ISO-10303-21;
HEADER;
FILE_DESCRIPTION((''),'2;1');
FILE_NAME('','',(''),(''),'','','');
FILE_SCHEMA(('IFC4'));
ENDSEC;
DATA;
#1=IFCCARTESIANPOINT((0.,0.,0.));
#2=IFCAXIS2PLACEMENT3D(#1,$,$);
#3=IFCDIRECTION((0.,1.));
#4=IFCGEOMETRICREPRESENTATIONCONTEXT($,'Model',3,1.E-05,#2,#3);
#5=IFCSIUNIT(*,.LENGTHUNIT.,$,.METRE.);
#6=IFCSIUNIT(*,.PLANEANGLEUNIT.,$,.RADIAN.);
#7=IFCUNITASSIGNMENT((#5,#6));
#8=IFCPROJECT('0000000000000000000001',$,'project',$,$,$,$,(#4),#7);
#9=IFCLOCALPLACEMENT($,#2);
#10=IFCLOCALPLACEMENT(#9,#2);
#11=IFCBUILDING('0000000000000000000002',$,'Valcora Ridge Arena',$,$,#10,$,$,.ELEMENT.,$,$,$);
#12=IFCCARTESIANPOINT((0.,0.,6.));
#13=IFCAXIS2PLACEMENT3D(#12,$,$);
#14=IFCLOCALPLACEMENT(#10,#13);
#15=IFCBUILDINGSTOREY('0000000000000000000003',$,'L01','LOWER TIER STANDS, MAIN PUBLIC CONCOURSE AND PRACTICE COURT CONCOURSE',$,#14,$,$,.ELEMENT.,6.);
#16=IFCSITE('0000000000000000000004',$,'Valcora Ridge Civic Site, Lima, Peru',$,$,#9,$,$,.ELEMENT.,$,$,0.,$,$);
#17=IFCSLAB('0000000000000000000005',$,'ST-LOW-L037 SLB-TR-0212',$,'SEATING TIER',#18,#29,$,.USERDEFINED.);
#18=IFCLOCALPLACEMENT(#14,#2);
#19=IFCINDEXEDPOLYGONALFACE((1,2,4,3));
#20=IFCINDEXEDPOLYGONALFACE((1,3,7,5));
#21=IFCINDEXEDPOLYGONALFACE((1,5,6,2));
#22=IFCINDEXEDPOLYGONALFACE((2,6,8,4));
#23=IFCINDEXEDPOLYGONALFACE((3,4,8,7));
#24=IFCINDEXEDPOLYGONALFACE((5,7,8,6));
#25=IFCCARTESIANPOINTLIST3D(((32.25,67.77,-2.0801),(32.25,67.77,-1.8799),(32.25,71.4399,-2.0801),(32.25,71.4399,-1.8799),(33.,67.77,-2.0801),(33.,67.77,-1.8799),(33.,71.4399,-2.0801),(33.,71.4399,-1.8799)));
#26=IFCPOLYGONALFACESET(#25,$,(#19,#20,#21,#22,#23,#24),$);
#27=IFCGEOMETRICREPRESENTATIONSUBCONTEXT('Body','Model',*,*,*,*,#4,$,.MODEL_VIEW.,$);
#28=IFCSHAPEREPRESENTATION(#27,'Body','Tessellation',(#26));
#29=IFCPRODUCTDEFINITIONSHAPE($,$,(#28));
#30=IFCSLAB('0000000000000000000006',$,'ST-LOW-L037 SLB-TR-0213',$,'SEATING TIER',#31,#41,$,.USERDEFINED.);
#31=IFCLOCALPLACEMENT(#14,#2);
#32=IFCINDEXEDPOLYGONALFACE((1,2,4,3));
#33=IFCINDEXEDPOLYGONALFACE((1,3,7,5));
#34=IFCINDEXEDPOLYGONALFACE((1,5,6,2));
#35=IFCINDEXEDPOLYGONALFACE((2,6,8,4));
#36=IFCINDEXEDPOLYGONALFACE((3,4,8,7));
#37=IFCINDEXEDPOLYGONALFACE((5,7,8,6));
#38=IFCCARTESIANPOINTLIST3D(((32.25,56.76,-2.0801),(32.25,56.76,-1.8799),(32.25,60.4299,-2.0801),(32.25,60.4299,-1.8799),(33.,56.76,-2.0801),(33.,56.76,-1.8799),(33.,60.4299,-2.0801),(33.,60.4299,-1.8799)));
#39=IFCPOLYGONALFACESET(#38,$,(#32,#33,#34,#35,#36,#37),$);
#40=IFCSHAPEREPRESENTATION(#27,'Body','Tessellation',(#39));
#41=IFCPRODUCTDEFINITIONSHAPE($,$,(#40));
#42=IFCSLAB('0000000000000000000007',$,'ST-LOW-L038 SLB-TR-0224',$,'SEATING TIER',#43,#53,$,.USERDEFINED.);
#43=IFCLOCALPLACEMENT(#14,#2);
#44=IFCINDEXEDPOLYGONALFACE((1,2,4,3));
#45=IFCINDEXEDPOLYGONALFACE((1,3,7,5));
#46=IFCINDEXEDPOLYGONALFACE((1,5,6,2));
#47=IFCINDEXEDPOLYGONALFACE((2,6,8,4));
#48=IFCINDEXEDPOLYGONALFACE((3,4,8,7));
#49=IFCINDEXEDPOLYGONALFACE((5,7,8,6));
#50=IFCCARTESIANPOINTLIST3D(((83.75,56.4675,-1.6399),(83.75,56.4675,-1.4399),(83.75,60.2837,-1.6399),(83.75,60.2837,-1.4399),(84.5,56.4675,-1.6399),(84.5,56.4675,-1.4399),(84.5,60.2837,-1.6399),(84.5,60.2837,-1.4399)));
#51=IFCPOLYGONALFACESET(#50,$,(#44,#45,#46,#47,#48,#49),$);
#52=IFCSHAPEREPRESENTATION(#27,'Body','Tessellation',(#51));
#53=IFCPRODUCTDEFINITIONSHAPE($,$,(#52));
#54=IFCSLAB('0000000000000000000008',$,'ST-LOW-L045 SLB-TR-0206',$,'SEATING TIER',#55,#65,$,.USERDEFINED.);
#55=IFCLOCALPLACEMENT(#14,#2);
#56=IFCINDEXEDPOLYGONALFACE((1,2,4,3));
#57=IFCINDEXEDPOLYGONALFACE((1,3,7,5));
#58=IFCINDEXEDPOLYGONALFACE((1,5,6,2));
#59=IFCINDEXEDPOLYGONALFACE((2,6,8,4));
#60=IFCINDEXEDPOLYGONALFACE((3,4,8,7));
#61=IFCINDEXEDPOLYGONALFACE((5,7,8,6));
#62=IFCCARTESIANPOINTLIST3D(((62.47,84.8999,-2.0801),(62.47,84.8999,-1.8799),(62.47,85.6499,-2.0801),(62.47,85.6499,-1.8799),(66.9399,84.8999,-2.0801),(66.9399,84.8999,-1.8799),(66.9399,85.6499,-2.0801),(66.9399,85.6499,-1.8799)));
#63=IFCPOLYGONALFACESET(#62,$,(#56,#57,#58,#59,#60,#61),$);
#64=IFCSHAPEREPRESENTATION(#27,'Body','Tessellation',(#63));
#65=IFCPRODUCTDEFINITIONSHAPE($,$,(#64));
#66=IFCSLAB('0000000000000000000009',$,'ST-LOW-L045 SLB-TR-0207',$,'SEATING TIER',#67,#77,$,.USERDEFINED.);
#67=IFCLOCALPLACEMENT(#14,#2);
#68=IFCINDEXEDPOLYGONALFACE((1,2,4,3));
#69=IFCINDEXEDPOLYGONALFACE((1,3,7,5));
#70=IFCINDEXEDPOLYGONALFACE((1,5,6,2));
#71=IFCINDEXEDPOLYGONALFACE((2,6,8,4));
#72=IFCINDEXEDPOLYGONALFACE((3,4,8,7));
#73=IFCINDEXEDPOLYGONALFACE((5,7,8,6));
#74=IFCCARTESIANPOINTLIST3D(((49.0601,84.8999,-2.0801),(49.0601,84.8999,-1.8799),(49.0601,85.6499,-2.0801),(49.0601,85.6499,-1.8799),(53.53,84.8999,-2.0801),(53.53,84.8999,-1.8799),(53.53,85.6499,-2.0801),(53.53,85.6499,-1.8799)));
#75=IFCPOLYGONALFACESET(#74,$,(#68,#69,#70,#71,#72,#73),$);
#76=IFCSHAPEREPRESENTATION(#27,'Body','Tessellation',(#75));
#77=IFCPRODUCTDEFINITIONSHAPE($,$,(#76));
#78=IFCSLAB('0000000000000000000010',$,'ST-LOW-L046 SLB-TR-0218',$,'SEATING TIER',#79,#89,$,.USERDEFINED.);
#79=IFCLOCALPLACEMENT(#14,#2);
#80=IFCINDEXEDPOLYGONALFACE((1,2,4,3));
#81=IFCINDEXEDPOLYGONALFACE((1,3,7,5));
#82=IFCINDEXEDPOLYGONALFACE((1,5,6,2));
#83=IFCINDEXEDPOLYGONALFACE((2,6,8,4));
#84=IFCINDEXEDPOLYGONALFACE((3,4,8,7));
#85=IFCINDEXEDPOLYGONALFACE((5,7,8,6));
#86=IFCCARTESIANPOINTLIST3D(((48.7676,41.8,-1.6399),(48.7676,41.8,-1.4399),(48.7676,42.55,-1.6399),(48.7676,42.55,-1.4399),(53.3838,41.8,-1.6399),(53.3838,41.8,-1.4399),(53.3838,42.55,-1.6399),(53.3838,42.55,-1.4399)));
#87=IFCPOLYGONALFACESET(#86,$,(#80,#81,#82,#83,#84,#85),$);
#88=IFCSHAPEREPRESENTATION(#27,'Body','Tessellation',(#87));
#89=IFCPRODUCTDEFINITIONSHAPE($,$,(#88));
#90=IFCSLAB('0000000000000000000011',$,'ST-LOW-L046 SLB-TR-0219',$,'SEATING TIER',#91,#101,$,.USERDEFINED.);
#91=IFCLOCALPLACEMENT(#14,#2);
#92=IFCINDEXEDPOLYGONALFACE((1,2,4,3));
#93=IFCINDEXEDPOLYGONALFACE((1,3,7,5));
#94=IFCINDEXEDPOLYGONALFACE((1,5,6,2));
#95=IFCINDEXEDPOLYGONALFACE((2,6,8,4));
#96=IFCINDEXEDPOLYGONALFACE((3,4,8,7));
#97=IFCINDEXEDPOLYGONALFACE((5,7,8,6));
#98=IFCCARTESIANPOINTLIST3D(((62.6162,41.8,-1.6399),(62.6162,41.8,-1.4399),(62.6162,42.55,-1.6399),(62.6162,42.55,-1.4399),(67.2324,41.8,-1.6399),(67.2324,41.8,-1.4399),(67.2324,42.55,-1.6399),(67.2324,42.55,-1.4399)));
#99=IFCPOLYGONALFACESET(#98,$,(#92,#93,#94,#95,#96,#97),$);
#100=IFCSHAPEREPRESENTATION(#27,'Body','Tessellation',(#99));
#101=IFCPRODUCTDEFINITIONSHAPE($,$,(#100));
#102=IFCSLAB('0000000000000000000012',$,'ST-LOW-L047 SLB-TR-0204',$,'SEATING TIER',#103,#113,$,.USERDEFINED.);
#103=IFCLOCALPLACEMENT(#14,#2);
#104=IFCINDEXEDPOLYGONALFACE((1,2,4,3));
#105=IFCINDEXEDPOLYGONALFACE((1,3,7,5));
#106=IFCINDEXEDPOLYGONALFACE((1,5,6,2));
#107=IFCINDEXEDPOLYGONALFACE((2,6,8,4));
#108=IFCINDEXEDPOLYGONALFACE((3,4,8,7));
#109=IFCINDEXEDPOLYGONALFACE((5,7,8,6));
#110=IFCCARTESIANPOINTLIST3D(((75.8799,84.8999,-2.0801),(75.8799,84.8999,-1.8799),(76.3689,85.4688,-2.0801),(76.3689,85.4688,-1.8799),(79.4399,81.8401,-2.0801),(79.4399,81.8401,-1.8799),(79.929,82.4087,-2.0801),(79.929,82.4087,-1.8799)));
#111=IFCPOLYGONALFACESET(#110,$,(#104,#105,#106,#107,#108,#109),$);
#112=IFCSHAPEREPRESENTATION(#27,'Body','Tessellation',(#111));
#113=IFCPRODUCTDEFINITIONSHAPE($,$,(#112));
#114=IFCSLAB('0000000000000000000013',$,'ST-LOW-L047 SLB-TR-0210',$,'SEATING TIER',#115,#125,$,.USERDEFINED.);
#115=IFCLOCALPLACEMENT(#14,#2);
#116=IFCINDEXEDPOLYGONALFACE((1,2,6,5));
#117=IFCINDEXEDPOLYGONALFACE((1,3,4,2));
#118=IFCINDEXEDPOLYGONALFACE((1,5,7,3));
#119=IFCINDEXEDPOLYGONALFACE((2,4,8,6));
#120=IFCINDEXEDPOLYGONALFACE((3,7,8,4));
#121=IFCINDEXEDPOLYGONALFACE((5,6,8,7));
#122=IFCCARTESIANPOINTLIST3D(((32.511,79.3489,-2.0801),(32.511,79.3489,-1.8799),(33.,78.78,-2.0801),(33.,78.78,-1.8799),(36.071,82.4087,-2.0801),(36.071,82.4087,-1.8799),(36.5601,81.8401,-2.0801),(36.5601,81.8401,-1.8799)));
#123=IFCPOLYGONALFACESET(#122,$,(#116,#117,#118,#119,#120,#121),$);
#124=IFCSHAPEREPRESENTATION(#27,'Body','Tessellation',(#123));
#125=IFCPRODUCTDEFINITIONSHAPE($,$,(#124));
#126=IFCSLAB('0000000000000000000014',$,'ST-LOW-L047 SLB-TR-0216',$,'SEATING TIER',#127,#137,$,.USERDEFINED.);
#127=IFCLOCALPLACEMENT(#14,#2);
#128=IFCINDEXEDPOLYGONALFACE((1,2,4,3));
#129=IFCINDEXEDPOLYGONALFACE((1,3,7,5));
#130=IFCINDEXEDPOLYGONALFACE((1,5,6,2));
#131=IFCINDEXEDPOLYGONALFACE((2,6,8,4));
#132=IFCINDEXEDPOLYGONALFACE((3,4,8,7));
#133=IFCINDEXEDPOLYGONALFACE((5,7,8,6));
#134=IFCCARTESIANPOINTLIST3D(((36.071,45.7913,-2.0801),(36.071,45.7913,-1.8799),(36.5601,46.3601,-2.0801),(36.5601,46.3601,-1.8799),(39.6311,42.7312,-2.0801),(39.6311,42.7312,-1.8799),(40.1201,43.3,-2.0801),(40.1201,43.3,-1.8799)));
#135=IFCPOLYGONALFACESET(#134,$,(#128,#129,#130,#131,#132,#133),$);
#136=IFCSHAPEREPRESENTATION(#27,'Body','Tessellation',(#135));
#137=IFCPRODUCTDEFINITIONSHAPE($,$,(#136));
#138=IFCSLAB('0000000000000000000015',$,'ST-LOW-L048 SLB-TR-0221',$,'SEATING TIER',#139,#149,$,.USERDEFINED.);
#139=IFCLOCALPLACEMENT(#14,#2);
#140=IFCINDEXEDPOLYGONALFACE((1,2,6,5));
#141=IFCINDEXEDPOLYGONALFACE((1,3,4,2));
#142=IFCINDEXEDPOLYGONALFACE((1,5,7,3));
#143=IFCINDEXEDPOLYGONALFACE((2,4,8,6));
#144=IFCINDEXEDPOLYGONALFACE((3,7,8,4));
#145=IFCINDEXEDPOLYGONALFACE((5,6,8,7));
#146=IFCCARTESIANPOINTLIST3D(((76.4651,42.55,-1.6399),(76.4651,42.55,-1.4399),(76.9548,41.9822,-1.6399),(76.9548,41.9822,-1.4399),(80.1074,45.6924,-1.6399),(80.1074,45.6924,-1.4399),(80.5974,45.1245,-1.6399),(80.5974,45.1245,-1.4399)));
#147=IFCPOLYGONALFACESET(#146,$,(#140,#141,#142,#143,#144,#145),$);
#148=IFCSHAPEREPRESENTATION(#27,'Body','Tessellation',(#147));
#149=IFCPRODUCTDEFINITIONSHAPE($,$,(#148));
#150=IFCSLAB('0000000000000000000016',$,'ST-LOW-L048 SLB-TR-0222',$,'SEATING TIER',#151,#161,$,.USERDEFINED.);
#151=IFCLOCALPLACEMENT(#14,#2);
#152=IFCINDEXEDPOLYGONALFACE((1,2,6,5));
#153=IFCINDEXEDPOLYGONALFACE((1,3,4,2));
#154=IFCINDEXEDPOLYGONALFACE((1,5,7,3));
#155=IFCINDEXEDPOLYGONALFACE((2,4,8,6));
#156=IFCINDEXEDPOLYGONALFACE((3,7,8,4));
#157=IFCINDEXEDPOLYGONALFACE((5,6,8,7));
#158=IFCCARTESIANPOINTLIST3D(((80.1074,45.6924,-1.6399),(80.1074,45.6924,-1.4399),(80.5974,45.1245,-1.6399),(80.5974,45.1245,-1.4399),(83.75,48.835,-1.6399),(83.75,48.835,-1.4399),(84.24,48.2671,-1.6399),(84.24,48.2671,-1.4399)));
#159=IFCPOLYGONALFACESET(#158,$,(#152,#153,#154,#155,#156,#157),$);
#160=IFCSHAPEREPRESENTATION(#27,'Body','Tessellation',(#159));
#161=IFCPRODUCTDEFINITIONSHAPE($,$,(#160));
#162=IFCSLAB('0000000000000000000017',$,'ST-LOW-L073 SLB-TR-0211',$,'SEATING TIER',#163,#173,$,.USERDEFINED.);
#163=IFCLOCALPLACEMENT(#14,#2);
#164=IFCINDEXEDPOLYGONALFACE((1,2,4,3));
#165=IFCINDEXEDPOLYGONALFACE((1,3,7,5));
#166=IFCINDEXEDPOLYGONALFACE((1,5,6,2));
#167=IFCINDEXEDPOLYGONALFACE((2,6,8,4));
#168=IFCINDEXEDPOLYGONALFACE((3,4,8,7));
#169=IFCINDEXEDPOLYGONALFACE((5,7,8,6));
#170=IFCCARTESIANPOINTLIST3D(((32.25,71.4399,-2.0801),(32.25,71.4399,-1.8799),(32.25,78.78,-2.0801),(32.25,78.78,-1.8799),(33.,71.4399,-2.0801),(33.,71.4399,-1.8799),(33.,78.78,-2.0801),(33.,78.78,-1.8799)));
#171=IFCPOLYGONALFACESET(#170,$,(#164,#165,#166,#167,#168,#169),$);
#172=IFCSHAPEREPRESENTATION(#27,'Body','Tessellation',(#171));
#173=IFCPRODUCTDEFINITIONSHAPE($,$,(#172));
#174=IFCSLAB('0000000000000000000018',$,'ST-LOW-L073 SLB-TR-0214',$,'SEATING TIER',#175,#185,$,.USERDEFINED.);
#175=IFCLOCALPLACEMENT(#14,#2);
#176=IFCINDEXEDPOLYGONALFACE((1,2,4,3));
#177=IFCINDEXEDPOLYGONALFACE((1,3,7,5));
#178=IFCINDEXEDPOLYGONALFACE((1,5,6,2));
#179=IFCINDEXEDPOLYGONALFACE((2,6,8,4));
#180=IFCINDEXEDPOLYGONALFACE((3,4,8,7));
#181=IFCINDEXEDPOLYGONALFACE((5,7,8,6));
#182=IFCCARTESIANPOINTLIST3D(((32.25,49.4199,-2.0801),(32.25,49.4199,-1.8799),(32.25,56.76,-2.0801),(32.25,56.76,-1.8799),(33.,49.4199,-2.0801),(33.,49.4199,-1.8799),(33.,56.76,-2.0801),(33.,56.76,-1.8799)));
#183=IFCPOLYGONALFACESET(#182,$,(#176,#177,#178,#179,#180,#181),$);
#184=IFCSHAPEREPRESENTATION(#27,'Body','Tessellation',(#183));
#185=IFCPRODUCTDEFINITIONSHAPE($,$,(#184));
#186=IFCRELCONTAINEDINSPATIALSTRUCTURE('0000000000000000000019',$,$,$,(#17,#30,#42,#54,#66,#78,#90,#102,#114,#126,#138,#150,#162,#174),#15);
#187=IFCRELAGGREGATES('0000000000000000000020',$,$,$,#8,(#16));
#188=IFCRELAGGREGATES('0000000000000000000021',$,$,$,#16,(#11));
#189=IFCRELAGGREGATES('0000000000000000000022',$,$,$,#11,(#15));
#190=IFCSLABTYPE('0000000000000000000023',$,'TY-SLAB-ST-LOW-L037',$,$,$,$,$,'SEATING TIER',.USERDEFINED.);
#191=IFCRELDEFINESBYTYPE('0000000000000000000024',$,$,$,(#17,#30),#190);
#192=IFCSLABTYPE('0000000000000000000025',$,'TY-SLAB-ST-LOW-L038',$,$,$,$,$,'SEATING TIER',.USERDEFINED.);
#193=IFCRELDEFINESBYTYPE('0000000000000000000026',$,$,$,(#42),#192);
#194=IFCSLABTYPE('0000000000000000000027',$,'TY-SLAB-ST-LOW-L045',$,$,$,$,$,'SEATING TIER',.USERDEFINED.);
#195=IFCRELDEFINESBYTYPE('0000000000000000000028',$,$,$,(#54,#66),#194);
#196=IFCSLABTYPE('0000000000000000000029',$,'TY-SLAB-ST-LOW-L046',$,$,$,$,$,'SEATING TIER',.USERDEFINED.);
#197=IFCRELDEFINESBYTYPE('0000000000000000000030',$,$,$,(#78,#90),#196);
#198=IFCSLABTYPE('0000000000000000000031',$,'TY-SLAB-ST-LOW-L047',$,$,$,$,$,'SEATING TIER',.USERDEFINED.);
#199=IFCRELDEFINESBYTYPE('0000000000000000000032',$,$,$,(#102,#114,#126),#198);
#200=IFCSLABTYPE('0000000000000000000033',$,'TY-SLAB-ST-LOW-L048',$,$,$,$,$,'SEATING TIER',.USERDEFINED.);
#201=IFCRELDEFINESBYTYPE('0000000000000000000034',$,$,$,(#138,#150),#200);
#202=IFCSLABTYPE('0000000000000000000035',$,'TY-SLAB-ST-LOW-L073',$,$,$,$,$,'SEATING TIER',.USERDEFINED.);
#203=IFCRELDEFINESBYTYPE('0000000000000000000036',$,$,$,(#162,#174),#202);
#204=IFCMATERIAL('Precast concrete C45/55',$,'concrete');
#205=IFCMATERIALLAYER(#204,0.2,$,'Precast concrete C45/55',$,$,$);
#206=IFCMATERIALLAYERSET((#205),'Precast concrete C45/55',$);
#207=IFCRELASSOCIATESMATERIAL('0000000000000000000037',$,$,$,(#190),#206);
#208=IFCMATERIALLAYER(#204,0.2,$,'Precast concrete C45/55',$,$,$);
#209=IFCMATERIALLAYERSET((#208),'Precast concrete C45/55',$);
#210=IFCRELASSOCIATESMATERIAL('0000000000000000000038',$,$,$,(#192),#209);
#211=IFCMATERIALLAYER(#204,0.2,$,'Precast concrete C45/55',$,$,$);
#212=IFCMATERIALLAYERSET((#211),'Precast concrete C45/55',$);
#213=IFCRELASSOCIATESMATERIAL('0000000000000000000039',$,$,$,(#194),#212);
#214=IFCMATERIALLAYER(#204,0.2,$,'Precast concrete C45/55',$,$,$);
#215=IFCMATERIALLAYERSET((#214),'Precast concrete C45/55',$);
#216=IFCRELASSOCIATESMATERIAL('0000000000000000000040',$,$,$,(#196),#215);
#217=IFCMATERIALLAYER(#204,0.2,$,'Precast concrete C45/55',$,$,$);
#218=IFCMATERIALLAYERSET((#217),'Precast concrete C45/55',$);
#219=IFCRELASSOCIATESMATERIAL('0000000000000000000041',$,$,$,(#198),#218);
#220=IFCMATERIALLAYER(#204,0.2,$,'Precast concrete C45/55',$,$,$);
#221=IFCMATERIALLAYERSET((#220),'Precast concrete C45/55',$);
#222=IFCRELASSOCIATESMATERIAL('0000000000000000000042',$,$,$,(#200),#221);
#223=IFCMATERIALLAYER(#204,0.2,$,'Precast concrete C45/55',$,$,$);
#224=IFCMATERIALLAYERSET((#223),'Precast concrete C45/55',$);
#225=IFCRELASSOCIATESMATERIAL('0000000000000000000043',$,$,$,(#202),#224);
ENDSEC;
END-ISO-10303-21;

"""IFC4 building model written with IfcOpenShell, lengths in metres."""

from ifc_helpers import new_model, si_unit, direction, frame, origin, place, context, subcontext, project, spatial, polyline, outline, extrude, material, layer, layer_set, type_object, element, save


model = new_model("IFC4")

# Units and contexts
model_context = context("Model", 3, precision=1e-05, world=origin(), true_north=direction((0.0, 1.0)))
body_context = subcontext(model_context, "Body", "Model", "MODEL_VIEW")
ifc_project = project(units=[si_unit("LENGTHUNIT", "METRE"), si_unit("PLANEANGLEUNIT", "RADIAN")], contexts=[model_context])

# Site, building, storey
site_placement = place(None, origin())
site = spatial("IfcSite", under=ifc_project, at=site_placement, Name="Valcora Ridge Civic Site, Lima, Peru", CompositionType="ELEMENT", RefElevation=0.0)
building_placement = place(site_placement, origin())
building = spatial("IfcBuilding", under=site, at=building_placement, Name="Valcora Ridge Arena", CompositionType="ELEMENT")
storey_placement = place(building_placement, frame((0.0, 0.0, 6.0)))
storey = spatial("IfcBuildingStorey", under=building, at=storey_placement, Name="L01", Description="LOWER TIER STANDS, MAIN PUBLIC CONCOURSE AND PRACTICE COURT CONCOURSE", CompositionType="ELEMENT", Elevation=6.0)

# Slabs
ifc_material = material(Name="Precast concrete C45/55", Category="concrete")
ifc_layer_1 = layer(ifc_material, 0.2, Name="Precast concrete C45/55")
ifc_layer_set_1 = layer_set([ifc_layer_1], Name="Precast concrete C45/55")
slab_type_1 = type_object("IfcSlabType", Name="TY-SLAB-ST-LOW-L037", ElementType="SEATING TIER", PredefinedType="USERDEFINED", material=ifc_layer_set_1)
slab_1_placement = place(storey_placement, frame((0.0, 0.0, -2.0801)))
element("IfcSlab", 1, at=slab_1_placement, inside=storey, type_object=slab_type_1, Name="ST-LOW-L037 SLB-TR-0212", ObjectType="SEATING TIER", PredefinedType="USERDEFINED", context=body_context, shape_type="SweptSolid", body=[
    extrude(outline(polyline([(33.0, 71.4399), (33.0, 67.77), (32.25, 67.77), (32.25, 71.4399), (33.0, 71.4399)])), origin(), (0.0, 0.0, 1.0), 0.2002),
])
slab_2_placement = place(storey_placement, frame((0.0, 0.0, -2.0801)))
element("IfcSlab", 2, at=slab_2_placement, inside=storey, type_object=slab_type_1, Name="ST-LOW-L037 SLB-TR-0213", ObjectType="SEATING TIER", PredefinedType="USERDEFINED", context=body_context, shape_type="SweptSolid", body=[
    extrude(outline(polyline([(33.0, 60.4299), (33.0, 56.76), (32.25, 56.76), (32.25, 60.4299), (33.0, 60.4299)])), origin(), (0.0, 0.0, 1.0), 0.2002),
])
ifc_layer_2 = layer(ifc_material, 0.2, Name="Precast concrete C45/55")
ifc_layer_set_2 = layer_set([ifc_layer_2], Name="Precast concrete C45/55")
slab_type_2 = type_object("IfcSlabType", Name="TY-SLAB-ST-LOW-L038", ElementType="SEATING TIER", PredefinedType="USERDEFINED", material=ifc_layer_set_2)
slab_3_placement = place(storey_placement, frame((0.0, 0.0, -1.6399)))
element("IfcSlab", 3, at=slab_3_placement, inside=storey, type_object=slab_type_2, Name="ST-LOW-L038 SLB-TR-0224", ObjectType="SEATING TIER", PredefinedType="USERDEFINED", context=body_context, shape_type="SweptSolid", body=[
    extrude(outline(polyline([(83.75, 56.4675), (83.75, 60.2837), (84.5, 60.2837), (84.5, 56.4675), (83.75, 56.4675)])), origin(), (0.0, 0.0, 1.0), 0.2),
])
ifc_layer_3 = layer(ifc_material, 0.2, Name="Precast concrete C45/55")
ifc_layer_set_3 = layer_set([ifc_layer_3], Name="Precast concrete C45/55")
slab_type_3 = type_object("IfcSlabType", Name="TY-SLAB-ST-LOW-L045", ElementType="SEATING TIER", PredefinedType="USERDEFINED", material=ifc_layer_set_3)
slab_4_placement = place(storey_placement, frame((0.0, 0.0, -2.0801)))
element("IfcSlab", 4, at=slab_4_placement, inside=storey, type_object=slab_type_3, Name="ST-LOW-L045 SLB-TR-0206", ObjectType="SEATING TIER", PredefinedType="USERDEFINED", context=body_context, shape_type="SweptSolid", body=[
    extrude(outline(polyline([(66.9399, 84.8999), (62.47, 84.8999), (62.47, 85.6499), (66.9399, 85.6499), (66.9399, 84.8999)])), origin(), (0.0, 0.0, 1.0), 0.2002),
])
slab_5_placement = place(storey_placement, frame((0.0, 0.0, -2.0801)))
element("IfcSlab", 5, at=slab_5_placement, inside=storey, type_object=slab_type_3, Name="ST-LOW-L045 SLB-TR-0207", ObjectType="SEATING TIER", PredefinedType="USERDEFINED", context=body_context, shape_type="SweptSolid", body=[
    extrude(outline(polyline([(53.53, 84.8999), (49.0601, 84.8999), (49.0601, 85.6499), (53.53, 85.6499), (53.53, 84.8999)])), origin(), (0.0, 0.0, 1.0), 0.2002),
])
ifc_layer_4 = layer(ifc_material, 0.2, Name="Precast concrete C45/55")
ifc_layer_set_4 = layer_set([ifc_layer_4], Name="Precast concrete C45/55")
slab_type_4 = type_object("IfcSlabType", Name="TY-SLAB-ST-LOW-L046", ElementType="SEATING TIER", PredefinedType="USERDEFINED", material=ifc_layer_set_4)
slab_6_placement = place(storey_placement, frame((0.0, 0.0, -1.6399)))
element("IfcSlab", 6, at=slab_6_placement, inside=storey, type_object=slab_type_4, Name="ST-LOW-L046 SLB-TR-0218", ObjectType="SEATING TIER", PredefinedType="USERDEFINED", context=body_context, shape_type="SweptSolid", body=[
    extrude(outline(polyline([(48.7676, 42.55), (53.3838, 42.55), (53.3838, 41.8), (48.7676, 41.8), (48.7676, 42.55)])), origin(), (0.0, 0.0, 1.0), 0.2),
])
slab_7_placement = place(storey_placement, frame((0.0, 0.0, -1.6399)))
element("IfcSlab", 7, at=slab_7_placement, inside=storey, type_object=slab_type_4, Name="ST-LOW-L046 SLB-TR-0219", ObjectType="SEATING TIER", PredefinedType="USERDEFINED", context=body_context, shape_type="SweptSolid", body=[
    extrude(outline(polyline([(62.6162, 42.55), (67.2324, 42.55), (67.2324, 41.8), (62.6162, 41.8), (62.6162, 42.55)])), origin(), (0.0, 0.0, 1.0), 0.2),
])
ifc_layer_5 = layer(ifc_material, 0.2, Name="Precast concrete C45/55")
ifc_layer_set_5 = layer_set([ifc_layer_5], Name="Precast concrete C45/55")
slab_type_5 = type_object("IfcSlabType", Name="TY-SLAB-ST-LOW-L047", ElementType="SEATING TIER", PredefinedType="USERDEFINED", material=ifc_layer_set_5)
slab_8_placement = place(storey_placement, frame((0.0, 0.0, -2.0801)))
element("IfcSlab", 8, at=slab_8_placement, inside=storey, type_object=slab_type_5, Name="ST-LOW-L047 SLB-TR-0204", ObjectType="SEATING TIER", PredefinedType="USERDEFINED", context=body_context, shape_type="SweptSolid", body=[
    extrude(outline(polyline([(79.4399, 81.8401), (75.8799, 84.8999), (76.3689, 85.4688), (79.929, 82.4087), (79.4399, 81.8401)])), origin(), (0.0, 0.0, 1.0), 0.2002),
])
slab_9_placement = place(storey_placement, frame((0.0, 0.0, -2.0801)))
element("IfcSlab", 9, at=slab_9_placement, inside=storey, type_object=slab_type_5, Name="ST-LOW-L047 SLB-TR-0210", ObjectType="SEATING TIER", PredefinedType="USERDEFINED", context=body_context, shape_type="SweptSolid", body=[
    extrude(outline(polyline([(36.5601, 81.8401), (33.0, 78.78), (32.511, 79.3489), (36.071, 82.4087), (36.5601, 81.8401)])), origin(), (0.0, 0.0, 1.0), 0.2002),
])
slab_10_placement = place(storey_placement, frame((0.0, 0.0, -2.0801)))
element("IfcSlab", 10, at=slab_10_placement, inside=storey, type_object=slab_type_5, Name="ST-LOW-L047 SLB-TR-0216", ObjectType="SEATING TIER", PredefinedType="USERDEFINED", context=body_context, shape_type="SweptSolid", body=[
    extrude(outline(polyline([(36.5601, 46.3601), (40.1201, 43.3), (39.6311, 42.7312), (36.071, 45.7913), (36.5601, 46.3601)])), origin(), (0.0, 0.0, 1.0), 0.2002),
])
ifc_layer_6 = layer(ifc_material, 0.2, Name="Precast concrete C45/55")
ifc_layer_set_6 = layer_set([ifc_layer_6], Name="Precast concrete C45/55")
slab_type_6 = type_object("IfcSlabType", Name="TY-SLAB-ST-LOW-L048", ElementType="SEATING TIER", PredefinedType="USERDEFINED", material=ifc_layer_set_6)
slab_11_placement = place(storey_placement, frame((0.0, 0.0, -1.6399)))
element("IfcSlab", 11, at=slab_11_placement, inside=storey, type_object=slab_type_6, Name="ST-LOW-L048 SLB-TR-0221", ObjectType="SEATING TIER", PredefinedType="USERDEFINED", context=body_context, shape_type="SweptSolid", body=[
    extrude(outline(polyline([(76.4651, 42.55), (80.1074, 45.6924), (80.5974, 45.1245), (76.9548, 41.9822), (76.4651, 42.55)])), origin(), (0.0, 0.0, 1.0), 0.2),
])
slab_12_placement = place(storey_placement, frame((0.0, 0.0, -1.6399)))
element("IfcSlab", 12, at=slab_12_placement, inside=storey, type_object=slab_type_6, Name="ST-LOW-L048 SLB-TR-0222", ObjectType="SEATING TIER", PredefinedType="USERDEFINED", context=body_context, shape_type="SweptSolid", body=[
    extrude(outline(polyline([(80.1074, 45.6924), (83.75, 48.835), (84.24, 48.2671), (80.5974, 45.1245), (80.1074, 45.6924)])), origin(), (0.0, 0.0, 1.0), 0.2),
])
ifc_layer_7 = layer(ifc_material, 0.2, Name="Precast concrete C45/55")
ifc_layer_set_7 = layer_set([ifc_layer_7], Name="Precast concrete C45/55")
slab_type_7 = type_object("IfcSlabType", Name="TY-SLAB-ST-LOW-L073", ElementType="SEATING TIER", PredefinedType="USERDEFINED", material=ifc_layer_set_7)
slab_13_placement = place(storey_placement, frame((0.0, 0.0, -2.0801)))
element("IfcSlab", 13, at=slab_13_placement, inside=storey, type_object=slab_type_7, Name="ST-LOW-L073 SLB-TR-0211", ObjectType="SEATING TIER", PredefinedType="USERDEFINED", context=body_context, shape_type="SweptSolid", body=[
    extrude(outline(polyline([(33.0, 78.78), (33.0, 71.4399), (32.25, 71.4399), (32.25, 78.78), (33.0, 78.78)])), origin(), (0.0, 0.0, 1.0), 0.2002),
])
slab_14_placement = place(storey_placement, frame((0.0, 0.0, -2.0801)))
element("IfcSlab", 14, at=slab_14_placement, inside=storey, type_object=slab_type_7, Name="ST-LOW-L073 SLB-TR-0214", ObjectType="SEATING TIER", PredefinedType="USERDEFINED", context=body_context, shape_type="SweptSolid", body=[
    extrude(outline(polyline([(33.0, 56.76), (33.0, 49.4199), (32.25, 49.4199), (32.25, 56.76), (33.0, 56.76)])), origin(), (0.0, 0.0, 1.0), 0.2002),
])

save(model, "model.ifc")
